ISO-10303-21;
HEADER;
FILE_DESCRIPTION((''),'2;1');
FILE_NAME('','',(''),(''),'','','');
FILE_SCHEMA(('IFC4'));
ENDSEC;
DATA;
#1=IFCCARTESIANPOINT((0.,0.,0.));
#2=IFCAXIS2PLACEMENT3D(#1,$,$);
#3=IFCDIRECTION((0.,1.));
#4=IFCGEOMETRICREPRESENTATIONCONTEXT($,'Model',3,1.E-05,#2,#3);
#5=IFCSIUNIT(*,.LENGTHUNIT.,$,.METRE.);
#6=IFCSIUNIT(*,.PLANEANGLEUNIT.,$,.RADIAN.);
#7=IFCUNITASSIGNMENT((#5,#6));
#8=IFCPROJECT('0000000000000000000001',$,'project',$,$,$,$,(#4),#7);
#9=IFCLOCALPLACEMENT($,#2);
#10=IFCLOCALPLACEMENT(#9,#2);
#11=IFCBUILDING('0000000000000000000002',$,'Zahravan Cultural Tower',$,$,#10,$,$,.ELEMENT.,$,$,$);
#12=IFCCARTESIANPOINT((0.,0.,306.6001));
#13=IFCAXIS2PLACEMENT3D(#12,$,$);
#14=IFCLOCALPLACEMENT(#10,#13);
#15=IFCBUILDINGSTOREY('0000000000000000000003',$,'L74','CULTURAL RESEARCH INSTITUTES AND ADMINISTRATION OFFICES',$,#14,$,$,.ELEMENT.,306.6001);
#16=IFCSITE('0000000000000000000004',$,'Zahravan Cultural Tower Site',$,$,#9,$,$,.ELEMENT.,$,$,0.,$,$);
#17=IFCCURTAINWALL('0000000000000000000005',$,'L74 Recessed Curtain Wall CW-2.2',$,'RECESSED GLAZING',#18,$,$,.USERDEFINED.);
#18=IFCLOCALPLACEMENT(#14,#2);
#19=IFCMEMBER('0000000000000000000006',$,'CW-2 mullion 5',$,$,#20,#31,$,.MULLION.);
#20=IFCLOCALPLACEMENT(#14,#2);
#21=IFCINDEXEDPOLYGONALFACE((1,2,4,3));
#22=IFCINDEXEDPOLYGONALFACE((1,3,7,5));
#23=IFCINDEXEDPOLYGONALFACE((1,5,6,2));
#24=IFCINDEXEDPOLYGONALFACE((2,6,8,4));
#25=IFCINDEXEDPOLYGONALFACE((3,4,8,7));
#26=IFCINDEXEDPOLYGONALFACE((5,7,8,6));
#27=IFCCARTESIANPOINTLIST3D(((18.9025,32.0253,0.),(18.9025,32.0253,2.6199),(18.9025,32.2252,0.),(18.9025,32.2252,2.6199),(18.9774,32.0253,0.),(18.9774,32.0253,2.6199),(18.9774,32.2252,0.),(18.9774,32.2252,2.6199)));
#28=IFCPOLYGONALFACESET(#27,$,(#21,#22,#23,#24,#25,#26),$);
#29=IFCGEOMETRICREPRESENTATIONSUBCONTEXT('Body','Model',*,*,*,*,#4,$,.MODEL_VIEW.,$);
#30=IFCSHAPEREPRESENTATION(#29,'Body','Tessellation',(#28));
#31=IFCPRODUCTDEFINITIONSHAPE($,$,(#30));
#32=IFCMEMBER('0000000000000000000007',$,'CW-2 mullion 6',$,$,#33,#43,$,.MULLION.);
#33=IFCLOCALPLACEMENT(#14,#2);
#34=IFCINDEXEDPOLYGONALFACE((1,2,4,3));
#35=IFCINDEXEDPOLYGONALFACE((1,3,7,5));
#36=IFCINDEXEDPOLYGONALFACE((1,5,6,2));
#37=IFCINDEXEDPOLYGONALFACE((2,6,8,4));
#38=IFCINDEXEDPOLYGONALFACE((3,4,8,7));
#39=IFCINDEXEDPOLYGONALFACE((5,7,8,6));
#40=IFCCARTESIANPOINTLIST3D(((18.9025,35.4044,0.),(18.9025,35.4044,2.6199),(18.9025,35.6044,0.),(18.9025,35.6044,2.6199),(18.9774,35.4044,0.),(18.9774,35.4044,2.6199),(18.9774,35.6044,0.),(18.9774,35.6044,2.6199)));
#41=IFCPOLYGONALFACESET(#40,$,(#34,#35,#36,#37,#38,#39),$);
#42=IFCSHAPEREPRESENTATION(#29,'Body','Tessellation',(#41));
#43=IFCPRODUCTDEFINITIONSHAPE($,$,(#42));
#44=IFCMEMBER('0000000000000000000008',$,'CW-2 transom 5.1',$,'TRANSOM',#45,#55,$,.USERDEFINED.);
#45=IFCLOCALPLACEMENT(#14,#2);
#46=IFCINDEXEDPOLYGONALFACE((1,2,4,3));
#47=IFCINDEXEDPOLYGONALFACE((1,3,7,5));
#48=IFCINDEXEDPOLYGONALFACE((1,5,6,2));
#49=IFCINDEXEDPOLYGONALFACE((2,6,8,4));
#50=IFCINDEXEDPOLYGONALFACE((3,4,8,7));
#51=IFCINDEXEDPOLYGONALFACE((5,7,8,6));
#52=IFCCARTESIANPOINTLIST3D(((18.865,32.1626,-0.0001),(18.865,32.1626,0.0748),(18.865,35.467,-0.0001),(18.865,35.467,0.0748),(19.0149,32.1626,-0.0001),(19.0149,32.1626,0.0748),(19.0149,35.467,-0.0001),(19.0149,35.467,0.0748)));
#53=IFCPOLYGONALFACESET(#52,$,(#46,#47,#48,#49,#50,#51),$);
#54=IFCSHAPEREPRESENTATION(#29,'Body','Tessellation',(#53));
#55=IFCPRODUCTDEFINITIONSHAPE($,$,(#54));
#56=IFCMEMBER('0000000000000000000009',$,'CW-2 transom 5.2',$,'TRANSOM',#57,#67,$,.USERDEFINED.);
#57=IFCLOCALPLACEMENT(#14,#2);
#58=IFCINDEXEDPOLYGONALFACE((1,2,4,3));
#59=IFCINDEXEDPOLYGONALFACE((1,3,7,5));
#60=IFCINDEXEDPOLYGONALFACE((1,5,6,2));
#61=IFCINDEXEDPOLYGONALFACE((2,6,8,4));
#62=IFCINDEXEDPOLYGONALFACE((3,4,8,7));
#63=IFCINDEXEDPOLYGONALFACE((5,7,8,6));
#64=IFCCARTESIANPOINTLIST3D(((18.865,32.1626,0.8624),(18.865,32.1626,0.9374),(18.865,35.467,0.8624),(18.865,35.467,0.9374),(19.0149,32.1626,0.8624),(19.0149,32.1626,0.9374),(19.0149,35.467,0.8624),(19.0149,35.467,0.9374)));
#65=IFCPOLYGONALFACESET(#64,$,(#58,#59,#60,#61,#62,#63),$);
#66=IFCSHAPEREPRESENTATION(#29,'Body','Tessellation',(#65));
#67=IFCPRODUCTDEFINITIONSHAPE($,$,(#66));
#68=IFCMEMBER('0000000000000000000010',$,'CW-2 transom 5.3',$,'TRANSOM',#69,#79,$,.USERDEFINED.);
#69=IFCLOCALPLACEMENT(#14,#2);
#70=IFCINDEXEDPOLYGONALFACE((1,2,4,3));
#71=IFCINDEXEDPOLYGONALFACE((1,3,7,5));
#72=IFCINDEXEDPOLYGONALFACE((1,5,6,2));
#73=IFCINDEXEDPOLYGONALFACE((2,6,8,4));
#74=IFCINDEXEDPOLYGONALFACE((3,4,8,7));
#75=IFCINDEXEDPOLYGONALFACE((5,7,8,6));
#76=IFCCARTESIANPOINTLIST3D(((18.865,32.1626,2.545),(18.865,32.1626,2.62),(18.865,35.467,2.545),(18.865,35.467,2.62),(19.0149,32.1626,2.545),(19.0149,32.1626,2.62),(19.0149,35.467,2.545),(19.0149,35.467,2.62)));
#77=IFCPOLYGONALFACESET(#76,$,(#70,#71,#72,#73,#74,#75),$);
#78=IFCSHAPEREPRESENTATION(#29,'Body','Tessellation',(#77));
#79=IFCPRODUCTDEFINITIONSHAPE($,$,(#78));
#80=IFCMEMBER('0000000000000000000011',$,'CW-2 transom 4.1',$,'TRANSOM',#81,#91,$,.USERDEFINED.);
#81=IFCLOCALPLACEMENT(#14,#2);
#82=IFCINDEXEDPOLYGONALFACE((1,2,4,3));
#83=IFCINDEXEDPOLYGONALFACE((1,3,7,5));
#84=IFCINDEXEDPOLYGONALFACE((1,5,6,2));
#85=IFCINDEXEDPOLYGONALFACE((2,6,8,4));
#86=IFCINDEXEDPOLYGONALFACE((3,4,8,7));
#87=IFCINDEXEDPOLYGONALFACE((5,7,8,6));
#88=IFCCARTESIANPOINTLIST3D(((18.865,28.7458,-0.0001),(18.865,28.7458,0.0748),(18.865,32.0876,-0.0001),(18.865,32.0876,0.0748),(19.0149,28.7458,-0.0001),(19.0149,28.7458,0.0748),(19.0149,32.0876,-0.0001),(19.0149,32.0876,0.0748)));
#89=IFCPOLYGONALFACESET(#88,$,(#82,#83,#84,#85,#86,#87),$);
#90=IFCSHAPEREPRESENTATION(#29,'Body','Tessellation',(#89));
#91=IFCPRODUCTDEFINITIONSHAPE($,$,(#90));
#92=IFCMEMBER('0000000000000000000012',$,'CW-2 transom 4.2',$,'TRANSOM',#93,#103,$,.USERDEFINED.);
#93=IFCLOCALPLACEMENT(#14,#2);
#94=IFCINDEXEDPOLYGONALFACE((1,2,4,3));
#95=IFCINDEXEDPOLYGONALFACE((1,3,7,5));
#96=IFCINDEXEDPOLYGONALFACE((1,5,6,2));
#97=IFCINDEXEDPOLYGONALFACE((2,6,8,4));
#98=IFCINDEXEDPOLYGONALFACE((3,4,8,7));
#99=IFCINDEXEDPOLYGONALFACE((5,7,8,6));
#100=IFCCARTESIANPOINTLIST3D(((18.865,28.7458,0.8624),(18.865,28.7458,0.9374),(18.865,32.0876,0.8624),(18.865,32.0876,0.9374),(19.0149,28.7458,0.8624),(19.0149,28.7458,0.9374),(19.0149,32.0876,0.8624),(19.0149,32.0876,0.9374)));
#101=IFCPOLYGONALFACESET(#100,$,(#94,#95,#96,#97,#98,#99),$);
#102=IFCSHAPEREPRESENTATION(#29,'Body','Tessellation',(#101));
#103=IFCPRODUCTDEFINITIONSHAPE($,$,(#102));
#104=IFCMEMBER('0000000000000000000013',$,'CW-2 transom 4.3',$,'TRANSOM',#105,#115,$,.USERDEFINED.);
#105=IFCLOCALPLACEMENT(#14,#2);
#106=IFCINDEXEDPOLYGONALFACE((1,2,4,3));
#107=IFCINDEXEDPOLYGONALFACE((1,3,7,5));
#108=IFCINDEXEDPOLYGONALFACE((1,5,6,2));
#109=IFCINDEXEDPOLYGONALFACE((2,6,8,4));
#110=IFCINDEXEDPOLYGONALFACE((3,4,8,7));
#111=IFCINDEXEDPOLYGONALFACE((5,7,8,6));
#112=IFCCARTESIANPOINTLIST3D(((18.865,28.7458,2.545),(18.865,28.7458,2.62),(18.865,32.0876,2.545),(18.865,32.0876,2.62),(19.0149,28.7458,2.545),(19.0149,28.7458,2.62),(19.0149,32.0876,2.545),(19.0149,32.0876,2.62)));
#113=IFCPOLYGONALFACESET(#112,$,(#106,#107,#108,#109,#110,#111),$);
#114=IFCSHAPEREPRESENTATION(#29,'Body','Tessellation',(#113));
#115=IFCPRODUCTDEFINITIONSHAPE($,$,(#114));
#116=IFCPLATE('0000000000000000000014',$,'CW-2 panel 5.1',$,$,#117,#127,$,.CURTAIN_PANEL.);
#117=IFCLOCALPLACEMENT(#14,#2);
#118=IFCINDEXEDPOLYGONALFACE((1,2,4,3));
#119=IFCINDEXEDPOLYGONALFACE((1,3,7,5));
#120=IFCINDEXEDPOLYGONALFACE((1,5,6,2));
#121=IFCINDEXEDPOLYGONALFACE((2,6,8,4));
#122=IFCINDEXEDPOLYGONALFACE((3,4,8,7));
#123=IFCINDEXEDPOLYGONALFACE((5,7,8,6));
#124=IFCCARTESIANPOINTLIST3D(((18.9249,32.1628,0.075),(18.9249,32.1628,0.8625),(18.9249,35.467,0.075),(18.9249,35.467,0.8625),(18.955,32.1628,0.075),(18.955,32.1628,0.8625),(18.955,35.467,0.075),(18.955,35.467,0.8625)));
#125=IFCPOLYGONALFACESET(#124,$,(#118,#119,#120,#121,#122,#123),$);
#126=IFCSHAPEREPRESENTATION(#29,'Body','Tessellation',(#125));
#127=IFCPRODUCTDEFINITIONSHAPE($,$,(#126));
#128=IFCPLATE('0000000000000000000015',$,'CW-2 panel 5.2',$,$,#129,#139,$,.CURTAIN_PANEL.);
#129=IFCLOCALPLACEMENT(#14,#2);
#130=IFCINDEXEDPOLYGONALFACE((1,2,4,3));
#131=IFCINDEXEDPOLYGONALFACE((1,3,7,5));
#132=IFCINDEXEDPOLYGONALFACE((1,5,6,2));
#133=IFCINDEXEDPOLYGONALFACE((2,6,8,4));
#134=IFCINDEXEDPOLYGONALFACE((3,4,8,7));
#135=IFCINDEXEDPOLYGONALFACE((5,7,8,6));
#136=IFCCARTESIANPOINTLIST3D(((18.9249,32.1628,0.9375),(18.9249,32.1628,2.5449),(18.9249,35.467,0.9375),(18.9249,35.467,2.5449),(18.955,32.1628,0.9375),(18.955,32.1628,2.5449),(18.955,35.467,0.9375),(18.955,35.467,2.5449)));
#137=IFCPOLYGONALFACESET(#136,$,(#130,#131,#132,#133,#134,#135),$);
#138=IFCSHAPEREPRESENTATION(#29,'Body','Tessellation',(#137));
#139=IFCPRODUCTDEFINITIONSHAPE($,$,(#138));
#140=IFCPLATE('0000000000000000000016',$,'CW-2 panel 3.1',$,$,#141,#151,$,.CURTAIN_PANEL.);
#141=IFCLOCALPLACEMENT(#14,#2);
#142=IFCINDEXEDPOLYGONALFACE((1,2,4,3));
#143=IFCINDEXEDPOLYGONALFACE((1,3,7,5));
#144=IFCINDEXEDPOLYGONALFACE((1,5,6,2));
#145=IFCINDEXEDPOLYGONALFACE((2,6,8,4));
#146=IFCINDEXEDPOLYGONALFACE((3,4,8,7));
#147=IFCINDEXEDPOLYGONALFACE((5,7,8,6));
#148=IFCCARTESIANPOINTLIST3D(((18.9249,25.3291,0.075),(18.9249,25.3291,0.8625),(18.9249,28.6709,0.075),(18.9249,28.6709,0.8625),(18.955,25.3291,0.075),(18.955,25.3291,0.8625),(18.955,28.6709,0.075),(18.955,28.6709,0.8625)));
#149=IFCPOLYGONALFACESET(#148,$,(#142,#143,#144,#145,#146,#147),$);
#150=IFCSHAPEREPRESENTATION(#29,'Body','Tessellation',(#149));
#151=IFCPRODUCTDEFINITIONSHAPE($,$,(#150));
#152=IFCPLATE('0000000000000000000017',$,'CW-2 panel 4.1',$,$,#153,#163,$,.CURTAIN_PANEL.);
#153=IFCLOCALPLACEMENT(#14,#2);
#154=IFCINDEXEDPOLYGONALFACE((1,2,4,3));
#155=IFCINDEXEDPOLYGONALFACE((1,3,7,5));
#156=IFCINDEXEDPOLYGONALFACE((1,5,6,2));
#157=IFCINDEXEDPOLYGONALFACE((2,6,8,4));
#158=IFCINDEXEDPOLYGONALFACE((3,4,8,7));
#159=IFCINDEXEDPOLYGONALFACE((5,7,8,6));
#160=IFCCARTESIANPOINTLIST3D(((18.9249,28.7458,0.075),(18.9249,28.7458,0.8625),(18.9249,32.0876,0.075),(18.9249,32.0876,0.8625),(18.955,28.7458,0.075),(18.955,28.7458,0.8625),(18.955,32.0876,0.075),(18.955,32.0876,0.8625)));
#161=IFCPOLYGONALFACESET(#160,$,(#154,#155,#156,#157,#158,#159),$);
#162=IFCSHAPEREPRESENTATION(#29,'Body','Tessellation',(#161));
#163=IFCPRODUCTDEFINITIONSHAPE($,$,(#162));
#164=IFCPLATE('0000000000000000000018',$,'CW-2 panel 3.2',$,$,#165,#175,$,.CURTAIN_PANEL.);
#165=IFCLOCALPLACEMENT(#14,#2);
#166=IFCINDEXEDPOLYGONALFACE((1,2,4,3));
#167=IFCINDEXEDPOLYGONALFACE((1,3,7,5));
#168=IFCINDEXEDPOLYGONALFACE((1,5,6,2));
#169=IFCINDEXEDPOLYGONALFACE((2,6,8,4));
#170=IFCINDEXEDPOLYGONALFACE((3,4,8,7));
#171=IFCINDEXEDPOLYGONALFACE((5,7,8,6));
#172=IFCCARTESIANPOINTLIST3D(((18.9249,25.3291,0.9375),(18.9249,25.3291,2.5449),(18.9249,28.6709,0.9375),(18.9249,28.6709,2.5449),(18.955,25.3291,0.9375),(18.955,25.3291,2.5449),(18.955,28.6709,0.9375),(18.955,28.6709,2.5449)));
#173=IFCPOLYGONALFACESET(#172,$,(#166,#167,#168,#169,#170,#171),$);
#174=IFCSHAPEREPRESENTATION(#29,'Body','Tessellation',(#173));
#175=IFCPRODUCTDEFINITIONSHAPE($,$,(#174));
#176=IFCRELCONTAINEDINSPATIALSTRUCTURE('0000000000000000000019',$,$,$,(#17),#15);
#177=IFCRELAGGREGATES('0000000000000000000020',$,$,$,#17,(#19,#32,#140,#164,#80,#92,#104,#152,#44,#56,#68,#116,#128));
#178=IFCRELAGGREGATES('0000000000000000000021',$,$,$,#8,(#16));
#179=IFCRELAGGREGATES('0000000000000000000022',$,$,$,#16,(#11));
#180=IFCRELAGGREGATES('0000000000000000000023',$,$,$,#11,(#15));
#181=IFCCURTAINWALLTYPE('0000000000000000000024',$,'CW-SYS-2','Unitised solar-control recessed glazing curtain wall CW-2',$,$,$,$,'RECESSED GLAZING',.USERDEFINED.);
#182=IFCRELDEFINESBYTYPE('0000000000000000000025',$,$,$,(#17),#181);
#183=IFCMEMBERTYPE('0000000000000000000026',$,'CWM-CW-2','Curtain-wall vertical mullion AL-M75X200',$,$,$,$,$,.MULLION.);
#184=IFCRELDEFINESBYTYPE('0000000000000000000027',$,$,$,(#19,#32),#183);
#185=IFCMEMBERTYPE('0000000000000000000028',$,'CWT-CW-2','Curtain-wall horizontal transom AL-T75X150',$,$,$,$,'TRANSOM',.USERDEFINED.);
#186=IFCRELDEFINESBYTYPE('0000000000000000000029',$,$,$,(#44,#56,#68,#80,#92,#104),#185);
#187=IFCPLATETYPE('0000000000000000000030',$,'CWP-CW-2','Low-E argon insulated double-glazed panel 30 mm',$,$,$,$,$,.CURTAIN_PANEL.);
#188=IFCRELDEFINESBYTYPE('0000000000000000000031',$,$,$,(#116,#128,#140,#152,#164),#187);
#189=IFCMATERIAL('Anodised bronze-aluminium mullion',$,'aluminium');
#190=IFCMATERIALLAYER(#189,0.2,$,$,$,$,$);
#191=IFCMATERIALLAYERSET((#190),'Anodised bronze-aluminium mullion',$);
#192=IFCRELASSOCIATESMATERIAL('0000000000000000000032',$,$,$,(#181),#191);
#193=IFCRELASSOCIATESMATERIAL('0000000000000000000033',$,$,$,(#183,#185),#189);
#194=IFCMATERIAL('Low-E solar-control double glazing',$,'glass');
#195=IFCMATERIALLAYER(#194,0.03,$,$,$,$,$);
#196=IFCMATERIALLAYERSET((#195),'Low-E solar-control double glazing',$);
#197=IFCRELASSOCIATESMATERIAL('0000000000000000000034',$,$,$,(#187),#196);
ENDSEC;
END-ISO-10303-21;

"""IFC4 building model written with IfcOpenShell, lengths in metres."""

from ifc_helpers import new_model, si_unit, direction, frame, origin, origin_2d, place, context, subcontext, project, spatial, rectangle, extrude, source, transform, mapped, material, layer, layer_set, material_profile, profile_set, type_object, element, aggregate, save


model = new_model("IFC4")

# Units and contexts
model_context = context("Model", 3, precision=1e-05, world=origin(), true_north=direction((0.0, 1.0)))
body_context = subcontext(model_context, "Body", "Model", "MODEL_VIEW")
ifc_project = project(units=[si_unit("LENGTHUNIT", "METRE"), si_unit("PLANEANGLEUNIT", "RADIAN")], contexts=[model_context])

# Site, building, storey
site_placement = place(None, origin())
site = spatial("IfcSite", under=ifc_project, at=site_placement, Name="Zahravan Cultural Tower Site", CompositionType="ELEMENT", RefElevation=0.0)
building_placement = place(site_placement, origin())
building = spatial("IfcBuilding", under=site, at=building_placement, Name="Zahravan Cultural Tower", CompositionType="ELEMENT")
storey_placement = place(building_placement, frame((0.0, 0.0, 306.6001)))
storey = spatial("IfcBuildingStorey", under=building, at=storey_placement, Name="L74", Description="CULTURAL RESEARCH INSTITUTES AND ADMINISTRATION OFFICES", CompositionType="ELEMENT", Elevation=306.6001)

# Curtain wall, members, plates
ifc_material_1 = material(Name="Anodised bronze-aluminium mullion", Category="aluminium")
ifc_layer_1 = layer(ifc_material_1, 0.2)
ifc_layer_set_1 = layer_set([ifc_layer_1], Name="Anodised bronze-aluminium mullion")
curtain_wall_type = type_object("IfcCurtainWallType", Name="CW-SYS-2", Description="Unitised solar-control recessed glazing curtain wall CW-2", ElementType="RECESSED GLAZING", PredefinedType="USERDEFINED", material=ifc_layer_set_1)
curtain_wall_placement = place(storey_placement, origin())
curtain_wall = element("IfcCurtainWall", 1, at=curtain_wall_placement, inside=storey, type_object=curtain_wall_type, Name="L74 Recessed Curtain Wall CW-2.2", ObjectType="RECESSED GLAZING", PredefinedType="USERDEFINED")
ifc_material_profile_1 = material_profile(ifc_material_1, rectangle(XDim=0.075, YDim=0.2, at=origin_2d()), Name="AL-M75X200")
ifc_profile_set_1 = profile_set([ifc_material_profile_1], Name="Anodised bronze-aluminium mullion")
member_type_1 = type_object("IfcMemberType", Name="CWM-CW-2", Description="Curtain-wall vertical mullion AL-M75X200", PredefinedType="MULLION", material=ifc_profile_set_1)
shared_shape_1 = source(origin(), body_context, "Body", "SweptSolid", [
    extrude(rectangle(XDim=0.075, YDim=0.2, at=origin_2d()), origin(), (0.0, 0.0, 1.0), 2.6199),
])
member_1_placement = place(storey_placement, frame((18.9399, 32.1252, 0.0), z_axis=(0.0, 0.0, 1.0), x_axis=(-1.0, 0.0, 0.0)))
member_1 = element("IfcMember", 2, at=member_1_placement, type_object=member_type_1, Name="CW-2 mullion 5", PredefinedType="MULLION", context=body_context, shape_type="MappedRepresentation", body=[
    mapped(shared_shape_1, transform((0.0, 0.0, 0.0), x_axis=(1.0, 0.0, 0.0), y_axis=(0.0, 1.0, 0.0), z_axis=(0.0, 0.0, 1.0), scale=1.0)),
])
member_2_placement = place(storey_placement, frame((18.9399, 35.5044, 0.0), z_axis=(0.0, 0.0, 1.0), x_axis=(-1.0, 0.0, 0.0)))
member_2 = element("IfcMember", 3, at=member_2_placement, type_object=member_type_1, Name="CW-2 mullion 6", PredefinedType="MULLION", context=body_context, shape_type="MappedRepresentation", body=[
    mapped(shared_shape_1, transform((0.0, 0.0, 0.0), x_axis=(1.0, 0.0, 0.0), y_axis=(0.0, 1.0, 0.0), z_axis=(0.0, 0.0, 1.0), scale=1.0)),
])
ifc_material_profile_2 = material_profile(ifc_material_1, rectangle(XDim=0.1499, YDim=0.075, at=origin_2d()), Name="AL-T75X150")
ifc_profile_set_2 = profile_set([ifc_material_profile_2], Name="Anodised bronze-aluminium mullion")
member_type_2 = type_object("IfcMemberType", Name="CWT-CW-2", Description="Curtain-wall horizontal transom AL-T75X150", ElementType="TRANSOM", PredefinedType="USERDEFINED", material=ifc_profile_set_2)
shared_shape_2 = source(origin(), body_context, "Body", "SweptSolid", [
    extrude(rectangle(XDim=0.1499, YDim=0.075, at=origin_2d()), origin(), (0.0, 0.0, 1.0), 3.3044),
])
member_3_placement = place(storey_placement, frame((18.9399, 32.1626, 0.0374), z_axis=(0.0, 1.0, 0.0), x_axis=(-1.0, 0.0, 0.0)))
member_3 = element("IfcMember", 4, at=member_3_placement, type_object=member_type_2, Name="CW-2 transom 5.1", ObjectType="TRANSOM", PredefinedType="USERDEFINED", context=body_context, shape_type="MappedRepresentation", body=[
    mapped(shared_shape_2, transform((0.0, 0.0, 0.0), x_axis=(1.0, 0.0, 0.0), y_axis=(0.0, 1.0, 0.0), z_axis=(0.0, 0.0, 1.0), scale=1.0)),
])
member_4_placement = place(storey_placement, frame((18.9399, 32.1626, 0.8999), z_axis=(0.0, 1.0, 0.0), x_axis=(-1.0, 0.0, 0.0)))
member_4 = element("IfcMember", 5, at=member_4_placement, type_object=member_type_2, Name="CW-2 transom 5.2", ObjectType="TRANSOM", PredefinedType="USERDEFINED", context=body_context, shape_type="MappedRepresentation", body=[
    mapped(shared_shape_2, transform((0.0, 0.0, 0.0), x_axis=(1.0, 0.0, 0.0), y_axis=(0.0, 1.0, 0.0), z_axis=(0.0, 0.0, 1.0), scale=1.0)),
])
member_5_placement = place(storey_placement, frame((18.9399, 32.1626, 2.5825), z_axis=(0.0, 1.0, 0.0), x_axis=(-1.0, 0.0, 0.0)))
member_5 = element("IfcMember", 6, at=member_5_placement, type_object=member_type_2, Name="CW-2 transom 5.3", ObjectType="TRANSOM", PredefinedType="USERDEFINED", context=body_context, shape_type="MappedRepresentation", body=[
    mapped(shared_shape_2, transform((0.0, 0.0, 0.0), x_axis=(1.0, 0.0, 0.0), y_axis=(0.0, 1.0, 0.0), z_axis=(0.0, 0.0, 1.0), scale=1.0)),
])
shared_shape_3 = source(origin(), body_context, "Body", "SweptSolid", [
    extrude(rectangle(XDim=0.1499, YDim=0.075, at=origin_2d()), origin(), (0.0, 0.0, 1.0), 3.3418),
])
member_6_placement = place(storey_placement, frame((18.9399, 28.7458, 0.0374), z_axis=(0.0, 1.0, 0.0), x_axis=(-1.0, 0.0, 0.0)))
member_6 = element("IfcMember", 7, at=member_6_placement, type_object=member_type_2, Name="CW-2 transom 4.1", ObjectType="TRANSOM", PredefinedType="USERDEFINED", context=body_context, shape_type="MappedRepresentation", body=[
    mapped(shared_shape_3, transform((0.0, 0.0, 0.0), x_axis=(1.0, 0.0, 0.0), y_axis=(0.0, 1.0, 0.0), z_axis=(0.0, 0.0, 1.0), scale=1.0)),
])
member_7_placement = place(storey_placement, frame((18.9399, 28.7458, 0.8999), z_axis=(0.0, 1.0, 0.0), x_axis=(-1.0, 0.0, 0.0)))
member_7 = element("IfcMember", 8, at=member_7_placement, type_object=member_type_2, Name="CW-2 transom 4.2", ObjectType="TRANSOM", PredefinedType="USERDEFINED", context=body_context, shape_type="MappedRepresentation", body=[
    mapped(shared_shape_3, transform((0.0, 0.0, 0.0), x_axis=(1.0, 0.0, 0.0), y_axis=(0.0, 1.0, 0.0), z_axis=(0.0, 0.0, 1.0), scale=1.0)),
])
member_8_placement = place(storey_placement, frame((18.9399, 28.7458, 2.5825), z_axis=(0.0, 1.0, 0.0), x_axis=(-1.0, 0.0, 0.0)))
member_8 = element("IfcMember", 9, at=member_8_placement, type_object=member_type_2, Name="CW-2 transom 4.3", ObjectType="TRANSOM", PredefinedType="USERDEFINED", context=body_context, shape_type="MappedRepresentation", body=[
    mapped(shared_shape_3, transform((0.0, 0.0, 0.0), x_axis=(1.0, 0.0, 0.0), y_axis=(0.0, 1.0, 0.0), z_axis=(0.0, 0.0, 1.0), scale=1.0)),
])
ifc_material_2 = material(Name="Low-E solar-control double glazing", Category="glass")
ifc_layer_2 = layer(ifc_material_2, 0.03)
ifc_layer_set_2 = layer_set([ifc_layer_2], Name="Low-E solar-control double glazing")
plate_type = type_object("IfcPlateType", Name="CWP-CW-2", Description="Low-E argon insulated double-glazed panel 30 mm", PredefinedType="CURTAIN_PANEL", material=ifc_layer_set_2)
shared_shape_4 = source(origin(), body_context, "Body", "SweptSolid", [
    extrude(rectangle(XDim=3.3042, YDim=0.03, at=origin_2d()), origin(), (0.0, 0.0, 1.0), 0.7876),
])
plate_1_placement = place(storey_placement, frame((18.9399, 33.8149, 0.075), z_axis=(0.0, 0.0, 1.0), x_axis=(0.0, 1.0, 0.0)))
plate_1 = element("IfcPlate", 10, at=plate_1_placement, type_object=plate_type, Name="CW-2 panel 5.1", PredefinedType="CURTAIN_PANEL", context=body_context, shape_type="MappedRepresentation", body=[
    mapped(shared_shape_4, transform((0.0, 0.0, 0.0), x_axis=(1.0, 0.0, 0.0), y_axis=(0.0, 1.0, 0.0), z_axis=(0.0, 0.0, 1.0), scale=1.0)),
])
shared_shape_5 = source(origin(), body_context, "Body", "SweptSolid", [
    extrude(rectangle(XDim=3.3042, YDim=0.03, at=origin_2d()), origin(), (0.0, 0.0, 1.0), 1.6074),
])
plate_2_placement = place(storey_placement, frame((18.9399, 33.8149, 0.9375), z_axis=(0.0, 0.0, 1.0), x_axis=(0.0, 1.0, 0.0)))
plate_2 = element("IfcPlate", 11, at=plate_2_placement, type_object=plate_type, Name="CW-2 panel 5.2", PredefinedType="CURTAIN_PANEL", context=body_context, shape_type="MappedRepresentation", body=[
    mapped(shared_shape_5, transform((0.0, 0.0, 0.0), x_axis=(1.0, 0.0, 0.0), y_axis=(0.0, 1.0, 0.0), z_axis=(0.0, 0.0, 1.0), scale=1.0)),
])
shared_shape_6 = source(origin(), body_context, "Body", "SweptSolid", [
    extrude(rectangle(XDim=3.3418, YDim=0.03, at=origin_2d()), origin(), (0.0, 0.0, 1.0), 0.7876),
])
plate_3_placement = place(storey_placement, frame((18.9399, 27.0, 0.075), z_axis=(0.0, 0.0, 1.0), x_axis=(0.0, 1.0, 0.0)))
plate_3 = element("IfcPlate", 12, at=plate_3_placement, type_object=plate_type, Name="CW-2 panel 3.1", PredefinedType="CURTAIN_PANEL", context=body_context, shape_type="MappedRepresentation", body=[
    mapped(shared_shape_6, transform((0.0, 0.0, 0.0), x_axis=(1.0, 0.0, 0.0), y_axis=(0.0, 1.0, 0.0), z_axis=(0.0, 0.0, 1.0), scale=1.0)),
])
plate_4_placement = place(storey_placement, frame((18.9399, 30.4167, 0.075), z_axis=(0.0, 0.0, 1.0), x_axis=(0.0, 1.0, 0.0)))
plate_4 = element("IfcPlate", 13, at=plate_4_placement, type_object=plate_type, Name="CW-2 panel 4.1", PredefinedType="CURTAIN_PANEL", context=body_context, shape_type="MappedRepresentation", body=[
    mapped(shared_shape_6, transform((0.0, 0.0, 0.0), x_axis=(1.0, 0.0, 0.0), y_axis=(0.0, 1.0, 0.0), z_axis=(0.0, 0.0, 1.0), scale=1.0)),
])
shared_shape_7 = source(origin(), body_context, "Body", "SweptSolid", [
    extrude(rectangle(XDim=3.3418, YDim=0.03, at=origin_2d()), origin(), (0.0, 0.0, 1.0), 1.6074),
])
plate_5_placement = place(storey_placement, frame((18.9399, 27.0, 0.9375), z_axis=(0.0, 0.0, 1.0), x_axis=(0.0, 1.0, 0.0)))
plate_5 = element("IfcPlate", 14, at=plate_5_placement, type_object=plate_type, Name="CW-2 panel 3.2", PredefinedType="CURTAIN_PANEL", context=body_context, shape_type="MappedRepresentation", body=[
    mapped(shared_shape_7, transform((0.0, 0.0, 0.0), x_axis=(1.0, 0.0, 0.0), y_axis=(0.0, 1.0, 0.0), z_axis=(0.0, 0.0, 1.0), scale=1.0)),
])
aggregate(curtain_wall, [member_1, member_2, plate_3, plate_5, member_6, member_7, member_8, plate_4, member_3, member_4, member_5, plate_1, plate_2])

save(model, "model.ifc")
